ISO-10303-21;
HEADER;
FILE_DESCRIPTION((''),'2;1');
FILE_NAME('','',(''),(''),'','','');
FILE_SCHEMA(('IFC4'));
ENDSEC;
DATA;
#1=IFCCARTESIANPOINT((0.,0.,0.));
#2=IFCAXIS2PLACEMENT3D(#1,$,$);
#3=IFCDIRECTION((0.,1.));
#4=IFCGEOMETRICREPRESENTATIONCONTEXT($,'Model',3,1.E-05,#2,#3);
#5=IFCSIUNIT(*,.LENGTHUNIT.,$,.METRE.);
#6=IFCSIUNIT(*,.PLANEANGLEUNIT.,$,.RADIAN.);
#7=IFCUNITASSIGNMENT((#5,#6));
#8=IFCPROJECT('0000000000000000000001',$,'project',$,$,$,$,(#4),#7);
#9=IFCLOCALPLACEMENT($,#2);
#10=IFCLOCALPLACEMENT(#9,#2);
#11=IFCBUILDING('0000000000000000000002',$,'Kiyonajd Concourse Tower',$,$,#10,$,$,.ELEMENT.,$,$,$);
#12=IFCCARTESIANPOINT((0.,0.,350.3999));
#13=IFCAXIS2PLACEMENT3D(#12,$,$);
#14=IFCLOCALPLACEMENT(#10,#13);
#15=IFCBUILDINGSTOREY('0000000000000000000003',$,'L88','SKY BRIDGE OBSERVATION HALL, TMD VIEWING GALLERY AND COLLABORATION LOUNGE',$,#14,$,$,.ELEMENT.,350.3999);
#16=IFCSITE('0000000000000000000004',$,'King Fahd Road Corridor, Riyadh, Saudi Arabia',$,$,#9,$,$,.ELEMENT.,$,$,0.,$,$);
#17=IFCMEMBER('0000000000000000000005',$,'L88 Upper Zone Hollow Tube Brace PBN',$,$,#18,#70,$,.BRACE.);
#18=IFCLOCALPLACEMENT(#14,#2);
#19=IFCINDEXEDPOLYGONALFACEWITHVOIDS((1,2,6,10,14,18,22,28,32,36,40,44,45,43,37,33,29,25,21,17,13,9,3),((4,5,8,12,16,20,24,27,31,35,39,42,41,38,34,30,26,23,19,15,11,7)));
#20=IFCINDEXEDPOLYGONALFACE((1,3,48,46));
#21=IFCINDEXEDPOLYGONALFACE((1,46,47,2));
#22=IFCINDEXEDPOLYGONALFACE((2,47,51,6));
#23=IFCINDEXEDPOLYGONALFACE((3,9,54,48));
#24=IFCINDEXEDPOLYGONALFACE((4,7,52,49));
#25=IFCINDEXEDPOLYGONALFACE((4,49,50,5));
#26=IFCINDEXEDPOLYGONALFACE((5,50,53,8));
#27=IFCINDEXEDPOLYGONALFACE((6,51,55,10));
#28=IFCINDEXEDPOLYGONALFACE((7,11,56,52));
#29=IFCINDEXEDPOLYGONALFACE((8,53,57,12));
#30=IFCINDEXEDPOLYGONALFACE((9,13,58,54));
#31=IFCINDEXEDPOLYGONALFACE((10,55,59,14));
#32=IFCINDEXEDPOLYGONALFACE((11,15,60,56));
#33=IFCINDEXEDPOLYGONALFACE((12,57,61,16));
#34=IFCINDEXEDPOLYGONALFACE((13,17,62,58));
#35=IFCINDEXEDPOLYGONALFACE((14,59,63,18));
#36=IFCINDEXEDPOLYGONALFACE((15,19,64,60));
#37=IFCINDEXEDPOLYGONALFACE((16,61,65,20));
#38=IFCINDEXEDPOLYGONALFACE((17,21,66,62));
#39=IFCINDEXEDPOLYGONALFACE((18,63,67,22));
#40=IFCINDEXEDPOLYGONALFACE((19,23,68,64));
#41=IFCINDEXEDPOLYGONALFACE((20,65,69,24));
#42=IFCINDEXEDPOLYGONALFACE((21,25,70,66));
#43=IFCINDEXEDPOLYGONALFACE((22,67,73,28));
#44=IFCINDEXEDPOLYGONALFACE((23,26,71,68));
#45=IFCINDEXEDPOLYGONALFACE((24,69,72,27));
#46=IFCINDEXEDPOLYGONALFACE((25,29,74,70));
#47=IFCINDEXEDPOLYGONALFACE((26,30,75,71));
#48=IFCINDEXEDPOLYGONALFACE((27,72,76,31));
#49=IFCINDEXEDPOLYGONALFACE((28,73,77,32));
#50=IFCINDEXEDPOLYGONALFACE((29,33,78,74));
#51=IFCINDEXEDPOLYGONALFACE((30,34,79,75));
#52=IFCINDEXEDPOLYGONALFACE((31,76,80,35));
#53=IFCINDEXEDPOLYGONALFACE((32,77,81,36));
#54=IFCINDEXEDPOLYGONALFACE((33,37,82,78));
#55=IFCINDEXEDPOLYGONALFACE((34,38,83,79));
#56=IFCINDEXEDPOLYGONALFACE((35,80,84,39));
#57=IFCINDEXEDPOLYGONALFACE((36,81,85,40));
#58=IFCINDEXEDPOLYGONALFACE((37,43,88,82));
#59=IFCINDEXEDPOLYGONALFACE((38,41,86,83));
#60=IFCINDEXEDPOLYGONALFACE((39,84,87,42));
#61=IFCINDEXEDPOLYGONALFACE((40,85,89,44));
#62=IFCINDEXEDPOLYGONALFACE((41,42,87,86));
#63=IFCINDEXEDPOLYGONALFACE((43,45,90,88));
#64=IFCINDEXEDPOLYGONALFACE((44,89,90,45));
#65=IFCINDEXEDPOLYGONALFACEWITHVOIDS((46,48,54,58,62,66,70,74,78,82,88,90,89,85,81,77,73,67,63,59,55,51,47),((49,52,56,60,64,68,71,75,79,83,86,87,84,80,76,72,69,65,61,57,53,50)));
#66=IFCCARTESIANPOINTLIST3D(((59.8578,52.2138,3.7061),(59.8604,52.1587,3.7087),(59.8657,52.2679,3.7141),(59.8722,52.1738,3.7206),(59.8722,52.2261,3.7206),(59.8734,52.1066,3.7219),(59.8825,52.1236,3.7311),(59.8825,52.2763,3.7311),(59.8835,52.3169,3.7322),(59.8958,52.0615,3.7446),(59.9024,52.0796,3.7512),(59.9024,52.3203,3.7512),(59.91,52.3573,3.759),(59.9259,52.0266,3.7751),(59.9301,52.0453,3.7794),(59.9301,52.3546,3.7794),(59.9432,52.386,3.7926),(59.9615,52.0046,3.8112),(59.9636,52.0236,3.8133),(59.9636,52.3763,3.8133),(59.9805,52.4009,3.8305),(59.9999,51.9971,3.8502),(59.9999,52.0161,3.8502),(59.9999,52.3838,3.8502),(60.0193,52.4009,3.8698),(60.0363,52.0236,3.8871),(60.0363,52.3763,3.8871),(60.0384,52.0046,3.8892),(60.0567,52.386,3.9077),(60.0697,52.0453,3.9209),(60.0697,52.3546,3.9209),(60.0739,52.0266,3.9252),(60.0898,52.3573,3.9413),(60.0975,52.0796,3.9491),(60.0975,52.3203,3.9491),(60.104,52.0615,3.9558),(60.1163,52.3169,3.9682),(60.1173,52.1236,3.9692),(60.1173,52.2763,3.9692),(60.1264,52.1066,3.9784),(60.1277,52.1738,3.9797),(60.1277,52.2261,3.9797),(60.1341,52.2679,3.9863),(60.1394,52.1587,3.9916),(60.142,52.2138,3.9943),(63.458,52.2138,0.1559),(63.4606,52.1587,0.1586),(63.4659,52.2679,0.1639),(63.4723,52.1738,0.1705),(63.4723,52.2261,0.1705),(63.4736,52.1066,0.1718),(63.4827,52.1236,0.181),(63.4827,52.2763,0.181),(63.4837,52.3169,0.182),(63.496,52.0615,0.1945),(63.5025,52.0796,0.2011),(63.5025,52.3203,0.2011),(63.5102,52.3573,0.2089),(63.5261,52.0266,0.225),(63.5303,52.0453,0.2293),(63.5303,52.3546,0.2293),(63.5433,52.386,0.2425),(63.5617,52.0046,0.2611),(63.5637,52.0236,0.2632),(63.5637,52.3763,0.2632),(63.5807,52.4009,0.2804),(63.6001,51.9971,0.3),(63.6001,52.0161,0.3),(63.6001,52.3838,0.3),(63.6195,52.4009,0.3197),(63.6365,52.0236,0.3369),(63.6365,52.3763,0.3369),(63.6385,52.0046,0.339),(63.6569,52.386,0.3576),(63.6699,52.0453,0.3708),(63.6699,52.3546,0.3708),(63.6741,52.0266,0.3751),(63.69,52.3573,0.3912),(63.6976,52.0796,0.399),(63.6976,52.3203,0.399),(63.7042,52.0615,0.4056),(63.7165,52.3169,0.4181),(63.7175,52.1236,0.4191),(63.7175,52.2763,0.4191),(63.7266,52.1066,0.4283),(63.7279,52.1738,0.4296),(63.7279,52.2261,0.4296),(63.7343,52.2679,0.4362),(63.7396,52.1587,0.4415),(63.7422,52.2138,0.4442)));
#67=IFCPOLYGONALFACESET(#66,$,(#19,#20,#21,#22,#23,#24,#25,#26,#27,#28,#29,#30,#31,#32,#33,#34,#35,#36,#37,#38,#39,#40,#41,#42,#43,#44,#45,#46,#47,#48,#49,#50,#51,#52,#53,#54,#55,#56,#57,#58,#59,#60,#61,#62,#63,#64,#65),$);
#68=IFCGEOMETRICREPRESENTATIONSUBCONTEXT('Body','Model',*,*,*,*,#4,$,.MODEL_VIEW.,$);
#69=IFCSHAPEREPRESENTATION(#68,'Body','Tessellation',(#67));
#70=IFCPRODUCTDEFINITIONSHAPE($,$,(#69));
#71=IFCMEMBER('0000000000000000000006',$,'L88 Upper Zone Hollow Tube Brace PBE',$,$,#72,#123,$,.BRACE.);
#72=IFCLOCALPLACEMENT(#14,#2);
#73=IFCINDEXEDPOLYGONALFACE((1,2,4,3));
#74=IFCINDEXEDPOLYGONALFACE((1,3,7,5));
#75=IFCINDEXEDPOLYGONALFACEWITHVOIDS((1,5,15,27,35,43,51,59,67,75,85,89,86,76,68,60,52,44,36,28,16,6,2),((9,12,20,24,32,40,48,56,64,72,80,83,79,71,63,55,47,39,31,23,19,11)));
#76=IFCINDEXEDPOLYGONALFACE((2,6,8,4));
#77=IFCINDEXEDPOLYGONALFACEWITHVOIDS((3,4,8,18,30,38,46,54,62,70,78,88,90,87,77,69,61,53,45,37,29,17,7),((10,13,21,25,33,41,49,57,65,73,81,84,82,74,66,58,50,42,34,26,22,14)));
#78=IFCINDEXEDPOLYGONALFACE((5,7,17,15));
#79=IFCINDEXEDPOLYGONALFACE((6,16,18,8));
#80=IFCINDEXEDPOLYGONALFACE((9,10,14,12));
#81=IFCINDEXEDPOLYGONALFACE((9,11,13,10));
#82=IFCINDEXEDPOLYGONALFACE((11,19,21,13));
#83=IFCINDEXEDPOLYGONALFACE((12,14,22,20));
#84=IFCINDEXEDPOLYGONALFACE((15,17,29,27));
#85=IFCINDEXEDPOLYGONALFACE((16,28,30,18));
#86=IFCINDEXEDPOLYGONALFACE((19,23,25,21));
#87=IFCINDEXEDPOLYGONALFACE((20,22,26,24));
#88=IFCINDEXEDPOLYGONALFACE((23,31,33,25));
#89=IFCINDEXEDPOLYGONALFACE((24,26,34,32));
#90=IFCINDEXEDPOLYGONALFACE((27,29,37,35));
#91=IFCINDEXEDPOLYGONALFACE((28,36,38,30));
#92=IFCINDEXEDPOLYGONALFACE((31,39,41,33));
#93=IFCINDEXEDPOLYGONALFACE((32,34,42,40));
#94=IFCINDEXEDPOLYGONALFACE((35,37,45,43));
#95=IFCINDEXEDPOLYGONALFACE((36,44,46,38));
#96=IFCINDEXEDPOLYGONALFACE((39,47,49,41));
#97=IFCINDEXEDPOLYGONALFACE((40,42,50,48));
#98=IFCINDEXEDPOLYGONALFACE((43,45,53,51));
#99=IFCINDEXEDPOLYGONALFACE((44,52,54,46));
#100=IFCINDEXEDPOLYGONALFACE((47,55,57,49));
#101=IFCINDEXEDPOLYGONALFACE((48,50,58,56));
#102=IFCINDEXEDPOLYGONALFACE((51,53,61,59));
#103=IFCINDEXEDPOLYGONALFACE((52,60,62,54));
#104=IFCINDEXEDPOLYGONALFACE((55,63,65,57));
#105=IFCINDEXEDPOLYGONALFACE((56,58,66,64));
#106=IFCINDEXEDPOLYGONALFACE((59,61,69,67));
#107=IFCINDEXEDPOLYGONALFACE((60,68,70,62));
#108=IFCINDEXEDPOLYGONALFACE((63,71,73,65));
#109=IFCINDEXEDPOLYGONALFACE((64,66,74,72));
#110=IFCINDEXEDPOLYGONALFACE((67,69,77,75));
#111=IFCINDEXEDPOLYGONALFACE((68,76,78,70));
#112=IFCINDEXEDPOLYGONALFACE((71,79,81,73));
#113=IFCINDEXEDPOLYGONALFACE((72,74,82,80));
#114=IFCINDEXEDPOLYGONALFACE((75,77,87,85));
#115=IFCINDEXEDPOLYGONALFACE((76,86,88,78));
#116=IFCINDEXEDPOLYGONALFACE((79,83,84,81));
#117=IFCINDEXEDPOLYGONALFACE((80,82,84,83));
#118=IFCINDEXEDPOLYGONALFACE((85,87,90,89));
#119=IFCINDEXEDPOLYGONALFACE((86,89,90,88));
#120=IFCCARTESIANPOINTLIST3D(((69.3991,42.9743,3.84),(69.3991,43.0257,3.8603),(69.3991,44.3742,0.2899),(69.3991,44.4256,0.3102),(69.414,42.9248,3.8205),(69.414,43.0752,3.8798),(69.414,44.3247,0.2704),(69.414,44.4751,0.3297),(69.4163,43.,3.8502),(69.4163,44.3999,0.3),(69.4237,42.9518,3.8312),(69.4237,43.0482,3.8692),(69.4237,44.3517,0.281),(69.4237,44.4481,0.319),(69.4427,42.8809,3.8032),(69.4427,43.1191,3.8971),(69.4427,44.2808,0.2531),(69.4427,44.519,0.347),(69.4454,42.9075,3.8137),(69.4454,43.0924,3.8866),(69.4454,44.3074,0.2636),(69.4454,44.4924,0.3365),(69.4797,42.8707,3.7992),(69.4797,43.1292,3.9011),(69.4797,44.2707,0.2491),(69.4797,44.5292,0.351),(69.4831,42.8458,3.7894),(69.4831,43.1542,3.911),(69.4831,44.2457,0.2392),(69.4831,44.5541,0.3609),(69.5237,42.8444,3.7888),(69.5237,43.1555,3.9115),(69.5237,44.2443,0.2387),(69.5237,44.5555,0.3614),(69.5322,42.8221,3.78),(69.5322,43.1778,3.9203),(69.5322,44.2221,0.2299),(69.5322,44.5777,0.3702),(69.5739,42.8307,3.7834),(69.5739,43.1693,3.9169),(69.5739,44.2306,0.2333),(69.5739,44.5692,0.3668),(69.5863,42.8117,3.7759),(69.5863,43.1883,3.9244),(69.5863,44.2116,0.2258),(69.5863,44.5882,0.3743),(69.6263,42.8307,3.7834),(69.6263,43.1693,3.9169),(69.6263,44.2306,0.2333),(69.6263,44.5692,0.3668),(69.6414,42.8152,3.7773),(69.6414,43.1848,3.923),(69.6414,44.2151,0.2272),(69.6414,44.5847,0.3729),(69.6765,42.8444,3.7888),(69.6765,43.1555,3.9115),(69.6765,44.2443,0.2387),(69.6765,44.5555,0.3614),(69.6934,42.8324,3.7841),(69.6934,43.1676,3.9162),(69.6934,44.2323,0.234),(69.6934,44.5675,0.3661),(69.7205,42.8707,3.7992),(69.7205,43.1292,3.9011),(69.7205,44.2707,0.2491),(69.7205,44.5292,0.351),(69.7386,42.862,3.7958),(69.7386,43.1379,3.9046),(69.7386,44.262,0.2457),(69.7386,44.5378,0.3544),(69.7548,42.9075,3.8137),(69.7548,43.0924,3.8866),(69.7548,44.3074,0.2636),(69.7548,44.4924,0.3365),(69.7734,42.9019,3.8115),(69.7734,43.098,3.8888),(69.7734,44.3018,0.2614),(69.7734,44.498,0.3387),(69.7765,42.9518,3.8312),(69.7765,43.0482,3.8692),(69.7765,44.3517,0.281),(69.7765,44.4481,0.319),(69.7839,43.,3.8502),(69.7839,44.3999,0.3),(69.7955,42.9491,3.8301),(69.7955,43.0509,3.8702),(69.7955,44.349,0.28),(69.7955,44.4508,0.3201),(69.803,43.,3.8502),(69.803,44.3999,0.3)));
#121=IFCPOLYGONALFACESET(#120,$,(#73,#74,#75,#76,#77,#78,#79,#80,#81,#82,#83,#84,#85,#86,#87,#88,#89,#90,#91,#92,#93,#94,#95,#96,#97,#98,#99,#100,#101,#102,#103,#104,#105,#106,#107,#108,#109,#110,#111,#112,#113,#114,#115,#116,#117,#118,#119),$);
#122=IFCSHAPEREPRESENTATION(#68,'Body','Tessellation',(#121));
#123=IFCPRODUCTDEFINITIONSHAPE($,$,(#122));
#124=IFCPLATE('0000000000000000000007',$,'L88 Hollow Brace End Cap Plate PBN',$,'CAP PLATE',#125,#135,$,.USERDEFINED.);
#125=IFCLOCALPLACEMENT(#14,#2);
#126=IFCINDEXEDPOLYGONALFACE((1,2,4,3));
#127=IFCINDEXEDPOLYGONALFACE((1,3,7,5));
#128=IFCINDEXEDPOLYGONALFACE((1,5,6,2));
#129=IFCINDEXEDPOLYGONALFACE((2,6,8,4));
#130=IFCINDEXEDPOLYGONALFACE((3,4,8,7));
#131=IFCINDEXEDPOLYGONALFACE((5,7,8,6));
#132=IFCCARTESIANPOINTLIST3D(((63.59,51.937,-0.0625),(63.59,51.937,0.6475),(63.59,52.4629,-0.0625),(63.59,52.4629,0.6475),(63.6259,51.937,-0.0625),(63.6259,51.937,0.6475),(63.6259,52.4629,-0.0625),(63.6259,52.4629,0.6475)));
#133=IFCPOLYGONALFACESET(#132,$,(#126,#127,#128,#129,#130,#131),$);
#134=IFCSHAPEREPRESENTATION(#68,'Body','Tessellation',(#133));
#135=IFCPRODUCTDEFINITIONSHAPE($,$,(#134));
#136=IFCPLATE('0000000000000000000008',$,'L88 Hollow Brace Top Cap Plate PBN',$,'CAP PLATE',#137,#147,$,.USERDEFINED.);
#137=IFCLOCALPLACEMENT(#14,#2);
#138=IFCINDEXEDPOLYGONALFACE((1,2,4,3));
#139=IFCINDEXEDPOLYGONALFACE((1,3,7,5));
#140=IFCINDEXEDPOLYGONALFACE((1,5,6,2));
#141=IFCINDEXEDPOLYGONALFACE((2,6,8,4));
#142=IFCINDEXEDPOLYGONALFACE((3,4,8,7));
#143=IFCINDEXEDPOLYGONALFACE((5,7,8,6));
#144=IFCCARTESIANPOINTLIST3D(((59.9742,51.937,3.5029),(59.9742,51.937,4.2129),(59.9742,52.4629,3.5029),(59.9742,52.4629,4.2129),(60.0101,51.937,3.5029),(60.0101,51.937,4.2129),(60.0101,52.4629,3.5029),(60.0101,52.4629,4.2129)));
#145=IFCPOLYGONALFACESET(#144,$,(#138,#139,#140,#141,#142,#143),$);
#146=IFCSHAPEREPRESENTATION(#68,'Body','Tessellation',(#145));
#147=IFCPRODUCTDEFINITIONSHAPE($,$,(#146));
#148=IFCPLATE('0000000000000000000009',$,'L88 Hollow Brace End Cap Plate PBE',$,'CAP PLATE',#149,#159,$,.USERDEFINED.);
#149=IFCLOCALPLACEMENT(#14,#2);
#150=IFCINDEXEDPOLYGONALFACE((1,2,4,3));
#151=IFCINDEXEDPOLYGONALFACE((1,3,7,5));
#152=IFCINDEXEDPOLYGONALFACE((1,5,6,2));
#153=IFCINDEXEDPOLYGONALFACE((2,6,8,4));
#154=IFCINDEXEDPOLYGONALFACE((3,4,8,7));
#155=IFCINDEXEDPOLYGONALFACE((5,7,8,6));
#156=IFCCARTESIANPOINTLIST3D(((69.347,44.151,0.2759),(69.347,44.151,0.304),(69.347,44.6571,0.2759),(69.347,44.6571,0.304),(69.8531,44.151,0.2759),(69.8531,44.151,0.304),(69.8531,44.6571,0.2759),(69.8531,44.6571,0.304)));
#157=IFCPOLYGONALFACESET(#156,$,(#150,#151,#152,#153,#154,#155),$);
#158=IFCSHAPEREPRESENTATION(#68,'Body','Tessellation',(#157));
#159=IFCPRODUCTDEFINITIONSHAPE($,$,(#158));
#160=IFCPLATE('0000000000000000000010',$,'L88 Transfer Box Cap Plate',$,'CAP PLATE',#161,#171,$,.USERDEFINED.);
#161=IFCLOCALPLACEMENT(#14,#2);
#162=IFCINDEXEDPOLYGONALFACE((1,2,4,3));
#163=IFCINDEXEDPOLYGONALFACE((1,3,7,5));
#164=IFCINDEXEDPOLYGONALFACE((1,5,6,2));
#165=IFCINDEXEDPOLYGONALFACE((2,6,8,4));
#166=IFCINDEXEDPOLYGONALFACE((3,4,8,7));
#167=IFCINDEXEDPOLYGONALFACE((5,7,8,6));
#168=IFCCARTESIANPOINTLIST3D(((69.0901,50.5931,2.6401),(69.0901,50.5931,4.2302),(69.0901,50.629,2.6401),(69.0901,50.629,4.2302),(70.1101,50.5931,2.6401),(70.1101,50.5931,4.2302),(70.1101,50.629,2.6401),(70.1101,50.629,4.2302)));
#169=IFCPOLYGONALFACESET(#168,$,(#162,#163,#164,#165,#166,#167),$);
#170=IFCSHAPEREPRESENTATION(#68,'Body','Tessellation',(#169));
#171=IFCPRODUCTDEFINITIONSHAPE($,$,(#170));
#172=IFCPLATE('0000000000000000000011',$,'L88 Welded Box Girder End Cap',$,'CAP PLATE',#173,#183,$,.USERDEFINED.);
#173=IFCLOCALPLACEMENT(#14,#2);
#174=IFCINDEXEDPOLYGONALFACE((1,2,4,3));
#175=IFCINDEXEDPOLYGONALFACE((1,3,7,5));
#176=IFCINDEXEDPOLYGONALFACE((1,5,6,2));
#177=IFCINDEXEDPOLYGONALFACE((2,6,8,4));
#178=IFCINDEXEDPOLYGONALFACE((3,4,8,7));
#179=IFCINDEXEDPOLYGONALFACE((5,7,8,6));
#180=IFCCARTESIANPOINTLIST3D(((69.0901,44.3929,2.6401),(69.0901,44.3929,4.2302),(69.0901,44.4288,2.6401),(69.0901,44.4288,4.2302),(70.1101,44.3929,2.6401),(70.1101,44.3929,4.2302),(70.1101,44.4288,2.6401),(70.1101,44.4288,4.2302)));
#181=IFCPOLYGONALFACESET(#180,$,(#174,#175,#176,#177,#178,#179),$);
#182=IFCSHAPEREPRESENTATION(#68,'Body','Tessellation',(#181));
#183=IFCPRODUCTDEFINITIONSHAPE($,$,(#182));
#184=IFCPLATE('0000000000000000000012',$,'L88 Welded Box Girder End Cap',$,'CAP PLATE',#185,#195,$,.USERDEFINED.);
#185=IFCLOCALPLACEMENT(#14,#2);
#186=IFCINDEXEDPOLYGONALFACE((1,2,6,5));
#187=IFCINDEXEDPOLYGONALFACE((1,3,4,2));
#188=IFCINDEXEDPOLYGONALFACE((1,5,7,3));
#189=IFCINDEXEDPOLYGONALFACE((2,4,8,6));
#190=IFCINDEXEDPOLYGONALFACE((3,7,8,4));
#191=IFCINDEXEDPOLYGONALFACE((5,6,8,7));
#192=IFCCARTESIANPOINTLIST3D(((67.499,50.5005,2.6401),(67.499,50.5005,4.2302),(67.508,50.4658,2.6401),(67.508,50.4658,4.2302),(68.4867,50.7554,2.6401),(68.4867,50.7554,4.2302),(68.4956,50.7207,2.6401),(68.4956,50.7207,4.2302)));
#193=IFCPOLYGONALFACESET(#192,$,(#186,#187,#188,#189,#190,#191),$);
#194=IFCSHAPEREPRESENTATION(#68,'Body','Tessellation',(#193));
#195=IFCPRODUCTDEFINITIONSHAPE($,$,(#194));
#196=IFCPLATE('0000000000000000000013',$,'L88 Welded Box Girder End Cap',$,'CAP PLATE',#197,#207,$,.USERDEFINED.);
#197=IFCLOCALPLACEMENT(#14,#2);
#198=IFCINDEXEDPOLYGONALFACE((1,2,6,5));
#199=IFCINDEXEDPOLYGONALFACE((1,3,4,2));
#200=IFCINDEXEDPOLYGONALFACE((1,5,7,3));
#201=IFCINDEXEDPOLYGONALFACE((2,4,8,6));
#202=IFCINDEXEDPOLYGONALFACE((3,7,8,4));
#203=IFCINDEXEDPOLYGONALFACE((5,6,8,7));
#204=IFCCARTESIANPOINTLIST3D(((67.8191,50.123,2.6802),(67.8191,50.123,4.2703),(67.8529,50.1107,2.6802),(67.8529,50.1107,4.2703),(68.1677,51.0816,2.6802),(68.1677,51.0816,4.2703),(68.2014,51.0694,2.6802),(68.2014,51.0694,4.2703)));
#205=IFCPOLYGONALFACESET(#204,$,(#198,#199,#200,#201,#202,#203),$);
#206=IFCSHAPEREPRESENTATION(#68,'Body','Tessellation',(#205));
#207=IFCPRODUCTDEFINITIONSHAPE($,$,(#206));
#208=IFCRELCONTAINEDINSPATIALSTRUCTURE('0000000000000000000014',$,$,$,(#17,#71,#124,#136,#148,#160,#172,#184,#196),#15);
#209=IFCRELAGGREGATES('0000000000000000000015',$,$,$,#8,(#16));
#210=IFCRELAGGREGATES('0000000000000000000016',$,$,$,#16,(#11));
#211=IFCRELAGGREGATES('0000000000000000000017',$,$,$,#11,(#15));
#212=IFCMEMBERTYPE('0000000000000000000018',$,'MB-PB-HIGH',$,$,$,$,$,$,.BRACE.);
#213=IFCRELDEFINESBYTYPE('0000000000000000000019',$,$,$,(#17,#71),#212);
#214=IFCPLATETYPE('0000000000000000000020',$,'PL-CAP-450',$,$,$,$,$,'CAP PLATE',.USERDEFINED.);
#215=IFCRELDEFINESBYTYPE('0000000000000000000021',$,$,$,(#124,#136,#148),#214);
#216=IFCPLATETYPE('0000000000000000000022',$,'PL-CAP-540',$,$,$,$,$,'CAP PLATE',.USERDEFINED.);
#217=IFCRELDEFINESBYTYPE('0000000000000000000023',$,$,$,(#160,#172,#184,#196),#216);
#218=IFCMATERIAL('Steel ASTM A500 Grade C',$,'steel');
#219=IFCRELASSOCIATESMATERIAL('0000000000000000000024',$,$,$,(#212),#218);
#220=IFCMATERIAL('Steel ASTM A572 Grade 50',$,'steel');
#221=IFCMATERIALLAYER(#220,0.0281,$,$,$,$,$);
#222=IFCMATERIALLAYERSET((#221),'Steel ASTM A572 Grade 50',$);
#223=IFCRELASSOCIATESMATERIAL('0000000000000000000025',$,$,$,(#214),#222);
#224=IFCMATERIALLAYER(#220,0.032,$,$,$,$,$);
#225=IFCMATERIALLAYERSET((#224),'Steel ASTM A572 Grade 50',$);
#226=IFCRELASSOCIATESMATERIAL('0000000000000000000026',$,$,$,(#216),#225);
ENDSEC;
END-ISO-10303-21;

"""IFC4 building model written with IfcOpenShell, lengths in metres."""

from ifc_helpers import new_model, si_unit, direction, frame, origin, origin_2d, place, context, subcontext, project, spatial, rectangle, hollow_circle, extrude, material, layer, layer_set, material_profile, profile_set, type_object, element, save


model = new_model("IFC4")

# Units and contexts
model_context = context("Model", 3, precision=1e-05, world=origin(), true_north=direction((0.0, 1.0)))
body_context = subcontext(model_context, "Body", "Model", "MODEL_VIEW")
ifc_project = project(units=[si_unit("LENGTHUNIT", "METRE"), si_unit("PLANEANGLEUNIT", "RADIAN")], contexts=[model_context])

# Site, building, storey
site_placement = place(None, origin())
site = spatial("IfcSite", under=ifc_project, at=site_placement, Name="King Fahd Road Corridor, Riyadh, Saudi Arabia", CompositionType="ELEMENT", RefElevation=0.0)
building_placement = place(site_placement, origin())
building = spatial("IfcBuilding", under=site, at=building_placement, Name="Kiyonajd Concourse Tower", CompositionType="ELEMENT")
storey_placement = place(building_placement, frame((0.0, 0.0, 350.3999)))
storey = spatial("IfcBuildingStorey", under=building, at=storey_placement, Name="L88", Description="SKY BRIDGE OBSERVATION HALL, TMD VIEWING GALLERY AND COLLABORATION LOUNGE", CompositionType="ELEMENT", Elevation=350.3999)

# Shared definitions
ifc_material_1 = material(Name="Steel ASTM A572 Grade 50", Category="steel")

# Members
ifc_material_2 = material(Name="Steel ASTM A500 Grade C", Category="steel")
ifc_material_profile_1 = material_profile(ifc_material_2, hollow_circle(Radius=0.2029, WallThickness=0.019, at=origin_2d()), Name="CHS-406x19")
ifc_profile_set_1 = profile_set([ifc_material_profile_1], Name="Steel ASTM A500 Grade C")
member_type = type_object("IfcMemberType", Name="MB-PB-HIGH", PredefinedType="BRACE", material=ifc_profile_set_1)
member_1_placement = place(storey_placement, frame((63.6001, 52.2, 0.3), z_axis=(-0.712039, 0.0, 0.70214), x_axis=(0.0, -1.0, 0.0)))
element("IfcMember", 1, at=member_1_placement, inside=storey, type_object=member_type, Name="L88 Upper Zone Hollow Tube Brace PBN", PredefinedType="BRACE", context=body_context, shape_type="SweptSolid", body=[
    extrude(hollow_circle(Radius=0.2029, WallThickness=0.019, at=origin_2d()), origin(), (0.0, 0.0, 1.0), 5.0562),
])
member_2_placement = place(storey_placement, frame((69.6001, 44.3999, 0.3), z_axis=(0.0, -0.366842, 0.930283), x_axis=(1.0, 0.0, 0.0)))
element("IfcMember", 2, at=member_2_placement, inside=storey, type_object=member_type, Name="L88 Upper Zone Hollow Tube Brace PBE", PredefinedType="BRACE", context=body_context, shape_type="SweptSolid", body=[
    extrude(hollow_circle(Radius=0.2029, WallThickness=0.019, at=origin_2d()), origin(), (0.0, 0.0, 1.0), 3.8162),
])

# Plates
ifc_layer_1 = layer(ifc_material_1, 0.0281)
ifc_layer_set_1 = layer_set([ifc_layer_1], Name="Steel ASTM A572 Grade 50")
plate_type_1 = type_object("IfcPlateType", Name="PL-CAP-450", ElementType="CAP PLATE", PredefinedType="USERDEFINED", material=ifc_layer_set_1)
for number, where, z_axis, x_axis, name in (
    (3, (63.6079, 52.2, -0.0625), (0.0, 0.0, 1.0), (1.0, 0.0, 0.0), "L88 Hollow Brace End Cap Plate PBN"),
    (4, (59.9922, 52.2, 3.5029), (0.0, 0.0, 1.0), (-1.0, 0.0, 0.0), "L88 Hollow Brace Top Cap Plate PBN"),
):
    element("IfcPlate", number, at=place(storey_placement, frame(where, z_axis=z_axis, x_axis=x_axis)), inside=storey, type_object=plate_type_1, Name=name, ObjectType="CAP PLATE", PredefinedType="USERDEFINED", context=body_context, shape_type="SweptSolid", body=[
        extrude(rectangle(XDim=0.0359, YDim=0.5259, at=origin_2d()), origin(), (0.0, 0.0, 1.0), 0.71),
    ])
plate_placement = place(storey_placement, frame((69.6001, 44.4041, 0.2759), z_axis=(0.0, 0.0, 1.0), x_axis=(1.0, 0.0, 0.0)))
element("IfcPlate", 5, at=plate_placement, inside=storey, type_object=plate_type_1, Name="L88 Hollow Brace End Cap Plate PBE", ObjectType="CAP PLATE", PredefinedType="USERDEFINED", context=body_context, shape_type="SweptSolid", body=[
    extrude(rectangle(XDim=0.5061, YDim=0.5061, at=origin_2d()), origin(), (0.0, 0.0, 1.0), 0.0281),
])
ifc_layer_2 = layer(ifc_material_1, 0.032)
ifc_layer_set_2 = layer_set([ifc_layer_2], Name="Steel ASTM A572 Grade 50")
plate_type_2 = type_object("IfcPlateType", Name="PL-CAP-540", ElementType="CAP PLATE", PredefinedType="USERDEFINED", material=ifc_layer_set_2)
for number, where, z_axis, x_axis, name in (
    (6, (69.6001, 50.6111, 2.6401), (0.0, 0.0, 1.0), (0.0, 1.0, 0.0), "L88 Transfer Box Cap Plate"),
    (7, (69.6001, 44.4109, 2.6401), (0.0, 0.0, 1.0), (0.0, 1.0, 0.0), "L88 Welded Box Girder End Cap"),
    (8, (67.9973, 50.6106, 2.6401), (0.0, 0.0, 1.0), (-0.249873, 0.968279, 0.0), "L88 Welded Box Girder End Cap"),
    (9, (68.0103, 50.5962, 2.6802), (0.0, 0.0, 1.0), (0.939812, -0.341692, 0.0), "L88 Welded Box Girder End Cap"),
):
    element("IfcPlate", number, at=place(storey_placement, frame(where, z_axis=z_axis, x_axis=x_axis)), inside=storey, type_object=plate_type_2, Name=name, ObjectType="CAP PLATE", PredefinedType="USERDEFINED", context=body_context, shape_type="SweptSolid", body=[
        extrude(rectangle(XDim=0.0359, YDim=1.02, at=origin_2d()), origin(), (0.0, 0.0, 1.0), 1.5901),
    ])

save(model, "model.ifc")
